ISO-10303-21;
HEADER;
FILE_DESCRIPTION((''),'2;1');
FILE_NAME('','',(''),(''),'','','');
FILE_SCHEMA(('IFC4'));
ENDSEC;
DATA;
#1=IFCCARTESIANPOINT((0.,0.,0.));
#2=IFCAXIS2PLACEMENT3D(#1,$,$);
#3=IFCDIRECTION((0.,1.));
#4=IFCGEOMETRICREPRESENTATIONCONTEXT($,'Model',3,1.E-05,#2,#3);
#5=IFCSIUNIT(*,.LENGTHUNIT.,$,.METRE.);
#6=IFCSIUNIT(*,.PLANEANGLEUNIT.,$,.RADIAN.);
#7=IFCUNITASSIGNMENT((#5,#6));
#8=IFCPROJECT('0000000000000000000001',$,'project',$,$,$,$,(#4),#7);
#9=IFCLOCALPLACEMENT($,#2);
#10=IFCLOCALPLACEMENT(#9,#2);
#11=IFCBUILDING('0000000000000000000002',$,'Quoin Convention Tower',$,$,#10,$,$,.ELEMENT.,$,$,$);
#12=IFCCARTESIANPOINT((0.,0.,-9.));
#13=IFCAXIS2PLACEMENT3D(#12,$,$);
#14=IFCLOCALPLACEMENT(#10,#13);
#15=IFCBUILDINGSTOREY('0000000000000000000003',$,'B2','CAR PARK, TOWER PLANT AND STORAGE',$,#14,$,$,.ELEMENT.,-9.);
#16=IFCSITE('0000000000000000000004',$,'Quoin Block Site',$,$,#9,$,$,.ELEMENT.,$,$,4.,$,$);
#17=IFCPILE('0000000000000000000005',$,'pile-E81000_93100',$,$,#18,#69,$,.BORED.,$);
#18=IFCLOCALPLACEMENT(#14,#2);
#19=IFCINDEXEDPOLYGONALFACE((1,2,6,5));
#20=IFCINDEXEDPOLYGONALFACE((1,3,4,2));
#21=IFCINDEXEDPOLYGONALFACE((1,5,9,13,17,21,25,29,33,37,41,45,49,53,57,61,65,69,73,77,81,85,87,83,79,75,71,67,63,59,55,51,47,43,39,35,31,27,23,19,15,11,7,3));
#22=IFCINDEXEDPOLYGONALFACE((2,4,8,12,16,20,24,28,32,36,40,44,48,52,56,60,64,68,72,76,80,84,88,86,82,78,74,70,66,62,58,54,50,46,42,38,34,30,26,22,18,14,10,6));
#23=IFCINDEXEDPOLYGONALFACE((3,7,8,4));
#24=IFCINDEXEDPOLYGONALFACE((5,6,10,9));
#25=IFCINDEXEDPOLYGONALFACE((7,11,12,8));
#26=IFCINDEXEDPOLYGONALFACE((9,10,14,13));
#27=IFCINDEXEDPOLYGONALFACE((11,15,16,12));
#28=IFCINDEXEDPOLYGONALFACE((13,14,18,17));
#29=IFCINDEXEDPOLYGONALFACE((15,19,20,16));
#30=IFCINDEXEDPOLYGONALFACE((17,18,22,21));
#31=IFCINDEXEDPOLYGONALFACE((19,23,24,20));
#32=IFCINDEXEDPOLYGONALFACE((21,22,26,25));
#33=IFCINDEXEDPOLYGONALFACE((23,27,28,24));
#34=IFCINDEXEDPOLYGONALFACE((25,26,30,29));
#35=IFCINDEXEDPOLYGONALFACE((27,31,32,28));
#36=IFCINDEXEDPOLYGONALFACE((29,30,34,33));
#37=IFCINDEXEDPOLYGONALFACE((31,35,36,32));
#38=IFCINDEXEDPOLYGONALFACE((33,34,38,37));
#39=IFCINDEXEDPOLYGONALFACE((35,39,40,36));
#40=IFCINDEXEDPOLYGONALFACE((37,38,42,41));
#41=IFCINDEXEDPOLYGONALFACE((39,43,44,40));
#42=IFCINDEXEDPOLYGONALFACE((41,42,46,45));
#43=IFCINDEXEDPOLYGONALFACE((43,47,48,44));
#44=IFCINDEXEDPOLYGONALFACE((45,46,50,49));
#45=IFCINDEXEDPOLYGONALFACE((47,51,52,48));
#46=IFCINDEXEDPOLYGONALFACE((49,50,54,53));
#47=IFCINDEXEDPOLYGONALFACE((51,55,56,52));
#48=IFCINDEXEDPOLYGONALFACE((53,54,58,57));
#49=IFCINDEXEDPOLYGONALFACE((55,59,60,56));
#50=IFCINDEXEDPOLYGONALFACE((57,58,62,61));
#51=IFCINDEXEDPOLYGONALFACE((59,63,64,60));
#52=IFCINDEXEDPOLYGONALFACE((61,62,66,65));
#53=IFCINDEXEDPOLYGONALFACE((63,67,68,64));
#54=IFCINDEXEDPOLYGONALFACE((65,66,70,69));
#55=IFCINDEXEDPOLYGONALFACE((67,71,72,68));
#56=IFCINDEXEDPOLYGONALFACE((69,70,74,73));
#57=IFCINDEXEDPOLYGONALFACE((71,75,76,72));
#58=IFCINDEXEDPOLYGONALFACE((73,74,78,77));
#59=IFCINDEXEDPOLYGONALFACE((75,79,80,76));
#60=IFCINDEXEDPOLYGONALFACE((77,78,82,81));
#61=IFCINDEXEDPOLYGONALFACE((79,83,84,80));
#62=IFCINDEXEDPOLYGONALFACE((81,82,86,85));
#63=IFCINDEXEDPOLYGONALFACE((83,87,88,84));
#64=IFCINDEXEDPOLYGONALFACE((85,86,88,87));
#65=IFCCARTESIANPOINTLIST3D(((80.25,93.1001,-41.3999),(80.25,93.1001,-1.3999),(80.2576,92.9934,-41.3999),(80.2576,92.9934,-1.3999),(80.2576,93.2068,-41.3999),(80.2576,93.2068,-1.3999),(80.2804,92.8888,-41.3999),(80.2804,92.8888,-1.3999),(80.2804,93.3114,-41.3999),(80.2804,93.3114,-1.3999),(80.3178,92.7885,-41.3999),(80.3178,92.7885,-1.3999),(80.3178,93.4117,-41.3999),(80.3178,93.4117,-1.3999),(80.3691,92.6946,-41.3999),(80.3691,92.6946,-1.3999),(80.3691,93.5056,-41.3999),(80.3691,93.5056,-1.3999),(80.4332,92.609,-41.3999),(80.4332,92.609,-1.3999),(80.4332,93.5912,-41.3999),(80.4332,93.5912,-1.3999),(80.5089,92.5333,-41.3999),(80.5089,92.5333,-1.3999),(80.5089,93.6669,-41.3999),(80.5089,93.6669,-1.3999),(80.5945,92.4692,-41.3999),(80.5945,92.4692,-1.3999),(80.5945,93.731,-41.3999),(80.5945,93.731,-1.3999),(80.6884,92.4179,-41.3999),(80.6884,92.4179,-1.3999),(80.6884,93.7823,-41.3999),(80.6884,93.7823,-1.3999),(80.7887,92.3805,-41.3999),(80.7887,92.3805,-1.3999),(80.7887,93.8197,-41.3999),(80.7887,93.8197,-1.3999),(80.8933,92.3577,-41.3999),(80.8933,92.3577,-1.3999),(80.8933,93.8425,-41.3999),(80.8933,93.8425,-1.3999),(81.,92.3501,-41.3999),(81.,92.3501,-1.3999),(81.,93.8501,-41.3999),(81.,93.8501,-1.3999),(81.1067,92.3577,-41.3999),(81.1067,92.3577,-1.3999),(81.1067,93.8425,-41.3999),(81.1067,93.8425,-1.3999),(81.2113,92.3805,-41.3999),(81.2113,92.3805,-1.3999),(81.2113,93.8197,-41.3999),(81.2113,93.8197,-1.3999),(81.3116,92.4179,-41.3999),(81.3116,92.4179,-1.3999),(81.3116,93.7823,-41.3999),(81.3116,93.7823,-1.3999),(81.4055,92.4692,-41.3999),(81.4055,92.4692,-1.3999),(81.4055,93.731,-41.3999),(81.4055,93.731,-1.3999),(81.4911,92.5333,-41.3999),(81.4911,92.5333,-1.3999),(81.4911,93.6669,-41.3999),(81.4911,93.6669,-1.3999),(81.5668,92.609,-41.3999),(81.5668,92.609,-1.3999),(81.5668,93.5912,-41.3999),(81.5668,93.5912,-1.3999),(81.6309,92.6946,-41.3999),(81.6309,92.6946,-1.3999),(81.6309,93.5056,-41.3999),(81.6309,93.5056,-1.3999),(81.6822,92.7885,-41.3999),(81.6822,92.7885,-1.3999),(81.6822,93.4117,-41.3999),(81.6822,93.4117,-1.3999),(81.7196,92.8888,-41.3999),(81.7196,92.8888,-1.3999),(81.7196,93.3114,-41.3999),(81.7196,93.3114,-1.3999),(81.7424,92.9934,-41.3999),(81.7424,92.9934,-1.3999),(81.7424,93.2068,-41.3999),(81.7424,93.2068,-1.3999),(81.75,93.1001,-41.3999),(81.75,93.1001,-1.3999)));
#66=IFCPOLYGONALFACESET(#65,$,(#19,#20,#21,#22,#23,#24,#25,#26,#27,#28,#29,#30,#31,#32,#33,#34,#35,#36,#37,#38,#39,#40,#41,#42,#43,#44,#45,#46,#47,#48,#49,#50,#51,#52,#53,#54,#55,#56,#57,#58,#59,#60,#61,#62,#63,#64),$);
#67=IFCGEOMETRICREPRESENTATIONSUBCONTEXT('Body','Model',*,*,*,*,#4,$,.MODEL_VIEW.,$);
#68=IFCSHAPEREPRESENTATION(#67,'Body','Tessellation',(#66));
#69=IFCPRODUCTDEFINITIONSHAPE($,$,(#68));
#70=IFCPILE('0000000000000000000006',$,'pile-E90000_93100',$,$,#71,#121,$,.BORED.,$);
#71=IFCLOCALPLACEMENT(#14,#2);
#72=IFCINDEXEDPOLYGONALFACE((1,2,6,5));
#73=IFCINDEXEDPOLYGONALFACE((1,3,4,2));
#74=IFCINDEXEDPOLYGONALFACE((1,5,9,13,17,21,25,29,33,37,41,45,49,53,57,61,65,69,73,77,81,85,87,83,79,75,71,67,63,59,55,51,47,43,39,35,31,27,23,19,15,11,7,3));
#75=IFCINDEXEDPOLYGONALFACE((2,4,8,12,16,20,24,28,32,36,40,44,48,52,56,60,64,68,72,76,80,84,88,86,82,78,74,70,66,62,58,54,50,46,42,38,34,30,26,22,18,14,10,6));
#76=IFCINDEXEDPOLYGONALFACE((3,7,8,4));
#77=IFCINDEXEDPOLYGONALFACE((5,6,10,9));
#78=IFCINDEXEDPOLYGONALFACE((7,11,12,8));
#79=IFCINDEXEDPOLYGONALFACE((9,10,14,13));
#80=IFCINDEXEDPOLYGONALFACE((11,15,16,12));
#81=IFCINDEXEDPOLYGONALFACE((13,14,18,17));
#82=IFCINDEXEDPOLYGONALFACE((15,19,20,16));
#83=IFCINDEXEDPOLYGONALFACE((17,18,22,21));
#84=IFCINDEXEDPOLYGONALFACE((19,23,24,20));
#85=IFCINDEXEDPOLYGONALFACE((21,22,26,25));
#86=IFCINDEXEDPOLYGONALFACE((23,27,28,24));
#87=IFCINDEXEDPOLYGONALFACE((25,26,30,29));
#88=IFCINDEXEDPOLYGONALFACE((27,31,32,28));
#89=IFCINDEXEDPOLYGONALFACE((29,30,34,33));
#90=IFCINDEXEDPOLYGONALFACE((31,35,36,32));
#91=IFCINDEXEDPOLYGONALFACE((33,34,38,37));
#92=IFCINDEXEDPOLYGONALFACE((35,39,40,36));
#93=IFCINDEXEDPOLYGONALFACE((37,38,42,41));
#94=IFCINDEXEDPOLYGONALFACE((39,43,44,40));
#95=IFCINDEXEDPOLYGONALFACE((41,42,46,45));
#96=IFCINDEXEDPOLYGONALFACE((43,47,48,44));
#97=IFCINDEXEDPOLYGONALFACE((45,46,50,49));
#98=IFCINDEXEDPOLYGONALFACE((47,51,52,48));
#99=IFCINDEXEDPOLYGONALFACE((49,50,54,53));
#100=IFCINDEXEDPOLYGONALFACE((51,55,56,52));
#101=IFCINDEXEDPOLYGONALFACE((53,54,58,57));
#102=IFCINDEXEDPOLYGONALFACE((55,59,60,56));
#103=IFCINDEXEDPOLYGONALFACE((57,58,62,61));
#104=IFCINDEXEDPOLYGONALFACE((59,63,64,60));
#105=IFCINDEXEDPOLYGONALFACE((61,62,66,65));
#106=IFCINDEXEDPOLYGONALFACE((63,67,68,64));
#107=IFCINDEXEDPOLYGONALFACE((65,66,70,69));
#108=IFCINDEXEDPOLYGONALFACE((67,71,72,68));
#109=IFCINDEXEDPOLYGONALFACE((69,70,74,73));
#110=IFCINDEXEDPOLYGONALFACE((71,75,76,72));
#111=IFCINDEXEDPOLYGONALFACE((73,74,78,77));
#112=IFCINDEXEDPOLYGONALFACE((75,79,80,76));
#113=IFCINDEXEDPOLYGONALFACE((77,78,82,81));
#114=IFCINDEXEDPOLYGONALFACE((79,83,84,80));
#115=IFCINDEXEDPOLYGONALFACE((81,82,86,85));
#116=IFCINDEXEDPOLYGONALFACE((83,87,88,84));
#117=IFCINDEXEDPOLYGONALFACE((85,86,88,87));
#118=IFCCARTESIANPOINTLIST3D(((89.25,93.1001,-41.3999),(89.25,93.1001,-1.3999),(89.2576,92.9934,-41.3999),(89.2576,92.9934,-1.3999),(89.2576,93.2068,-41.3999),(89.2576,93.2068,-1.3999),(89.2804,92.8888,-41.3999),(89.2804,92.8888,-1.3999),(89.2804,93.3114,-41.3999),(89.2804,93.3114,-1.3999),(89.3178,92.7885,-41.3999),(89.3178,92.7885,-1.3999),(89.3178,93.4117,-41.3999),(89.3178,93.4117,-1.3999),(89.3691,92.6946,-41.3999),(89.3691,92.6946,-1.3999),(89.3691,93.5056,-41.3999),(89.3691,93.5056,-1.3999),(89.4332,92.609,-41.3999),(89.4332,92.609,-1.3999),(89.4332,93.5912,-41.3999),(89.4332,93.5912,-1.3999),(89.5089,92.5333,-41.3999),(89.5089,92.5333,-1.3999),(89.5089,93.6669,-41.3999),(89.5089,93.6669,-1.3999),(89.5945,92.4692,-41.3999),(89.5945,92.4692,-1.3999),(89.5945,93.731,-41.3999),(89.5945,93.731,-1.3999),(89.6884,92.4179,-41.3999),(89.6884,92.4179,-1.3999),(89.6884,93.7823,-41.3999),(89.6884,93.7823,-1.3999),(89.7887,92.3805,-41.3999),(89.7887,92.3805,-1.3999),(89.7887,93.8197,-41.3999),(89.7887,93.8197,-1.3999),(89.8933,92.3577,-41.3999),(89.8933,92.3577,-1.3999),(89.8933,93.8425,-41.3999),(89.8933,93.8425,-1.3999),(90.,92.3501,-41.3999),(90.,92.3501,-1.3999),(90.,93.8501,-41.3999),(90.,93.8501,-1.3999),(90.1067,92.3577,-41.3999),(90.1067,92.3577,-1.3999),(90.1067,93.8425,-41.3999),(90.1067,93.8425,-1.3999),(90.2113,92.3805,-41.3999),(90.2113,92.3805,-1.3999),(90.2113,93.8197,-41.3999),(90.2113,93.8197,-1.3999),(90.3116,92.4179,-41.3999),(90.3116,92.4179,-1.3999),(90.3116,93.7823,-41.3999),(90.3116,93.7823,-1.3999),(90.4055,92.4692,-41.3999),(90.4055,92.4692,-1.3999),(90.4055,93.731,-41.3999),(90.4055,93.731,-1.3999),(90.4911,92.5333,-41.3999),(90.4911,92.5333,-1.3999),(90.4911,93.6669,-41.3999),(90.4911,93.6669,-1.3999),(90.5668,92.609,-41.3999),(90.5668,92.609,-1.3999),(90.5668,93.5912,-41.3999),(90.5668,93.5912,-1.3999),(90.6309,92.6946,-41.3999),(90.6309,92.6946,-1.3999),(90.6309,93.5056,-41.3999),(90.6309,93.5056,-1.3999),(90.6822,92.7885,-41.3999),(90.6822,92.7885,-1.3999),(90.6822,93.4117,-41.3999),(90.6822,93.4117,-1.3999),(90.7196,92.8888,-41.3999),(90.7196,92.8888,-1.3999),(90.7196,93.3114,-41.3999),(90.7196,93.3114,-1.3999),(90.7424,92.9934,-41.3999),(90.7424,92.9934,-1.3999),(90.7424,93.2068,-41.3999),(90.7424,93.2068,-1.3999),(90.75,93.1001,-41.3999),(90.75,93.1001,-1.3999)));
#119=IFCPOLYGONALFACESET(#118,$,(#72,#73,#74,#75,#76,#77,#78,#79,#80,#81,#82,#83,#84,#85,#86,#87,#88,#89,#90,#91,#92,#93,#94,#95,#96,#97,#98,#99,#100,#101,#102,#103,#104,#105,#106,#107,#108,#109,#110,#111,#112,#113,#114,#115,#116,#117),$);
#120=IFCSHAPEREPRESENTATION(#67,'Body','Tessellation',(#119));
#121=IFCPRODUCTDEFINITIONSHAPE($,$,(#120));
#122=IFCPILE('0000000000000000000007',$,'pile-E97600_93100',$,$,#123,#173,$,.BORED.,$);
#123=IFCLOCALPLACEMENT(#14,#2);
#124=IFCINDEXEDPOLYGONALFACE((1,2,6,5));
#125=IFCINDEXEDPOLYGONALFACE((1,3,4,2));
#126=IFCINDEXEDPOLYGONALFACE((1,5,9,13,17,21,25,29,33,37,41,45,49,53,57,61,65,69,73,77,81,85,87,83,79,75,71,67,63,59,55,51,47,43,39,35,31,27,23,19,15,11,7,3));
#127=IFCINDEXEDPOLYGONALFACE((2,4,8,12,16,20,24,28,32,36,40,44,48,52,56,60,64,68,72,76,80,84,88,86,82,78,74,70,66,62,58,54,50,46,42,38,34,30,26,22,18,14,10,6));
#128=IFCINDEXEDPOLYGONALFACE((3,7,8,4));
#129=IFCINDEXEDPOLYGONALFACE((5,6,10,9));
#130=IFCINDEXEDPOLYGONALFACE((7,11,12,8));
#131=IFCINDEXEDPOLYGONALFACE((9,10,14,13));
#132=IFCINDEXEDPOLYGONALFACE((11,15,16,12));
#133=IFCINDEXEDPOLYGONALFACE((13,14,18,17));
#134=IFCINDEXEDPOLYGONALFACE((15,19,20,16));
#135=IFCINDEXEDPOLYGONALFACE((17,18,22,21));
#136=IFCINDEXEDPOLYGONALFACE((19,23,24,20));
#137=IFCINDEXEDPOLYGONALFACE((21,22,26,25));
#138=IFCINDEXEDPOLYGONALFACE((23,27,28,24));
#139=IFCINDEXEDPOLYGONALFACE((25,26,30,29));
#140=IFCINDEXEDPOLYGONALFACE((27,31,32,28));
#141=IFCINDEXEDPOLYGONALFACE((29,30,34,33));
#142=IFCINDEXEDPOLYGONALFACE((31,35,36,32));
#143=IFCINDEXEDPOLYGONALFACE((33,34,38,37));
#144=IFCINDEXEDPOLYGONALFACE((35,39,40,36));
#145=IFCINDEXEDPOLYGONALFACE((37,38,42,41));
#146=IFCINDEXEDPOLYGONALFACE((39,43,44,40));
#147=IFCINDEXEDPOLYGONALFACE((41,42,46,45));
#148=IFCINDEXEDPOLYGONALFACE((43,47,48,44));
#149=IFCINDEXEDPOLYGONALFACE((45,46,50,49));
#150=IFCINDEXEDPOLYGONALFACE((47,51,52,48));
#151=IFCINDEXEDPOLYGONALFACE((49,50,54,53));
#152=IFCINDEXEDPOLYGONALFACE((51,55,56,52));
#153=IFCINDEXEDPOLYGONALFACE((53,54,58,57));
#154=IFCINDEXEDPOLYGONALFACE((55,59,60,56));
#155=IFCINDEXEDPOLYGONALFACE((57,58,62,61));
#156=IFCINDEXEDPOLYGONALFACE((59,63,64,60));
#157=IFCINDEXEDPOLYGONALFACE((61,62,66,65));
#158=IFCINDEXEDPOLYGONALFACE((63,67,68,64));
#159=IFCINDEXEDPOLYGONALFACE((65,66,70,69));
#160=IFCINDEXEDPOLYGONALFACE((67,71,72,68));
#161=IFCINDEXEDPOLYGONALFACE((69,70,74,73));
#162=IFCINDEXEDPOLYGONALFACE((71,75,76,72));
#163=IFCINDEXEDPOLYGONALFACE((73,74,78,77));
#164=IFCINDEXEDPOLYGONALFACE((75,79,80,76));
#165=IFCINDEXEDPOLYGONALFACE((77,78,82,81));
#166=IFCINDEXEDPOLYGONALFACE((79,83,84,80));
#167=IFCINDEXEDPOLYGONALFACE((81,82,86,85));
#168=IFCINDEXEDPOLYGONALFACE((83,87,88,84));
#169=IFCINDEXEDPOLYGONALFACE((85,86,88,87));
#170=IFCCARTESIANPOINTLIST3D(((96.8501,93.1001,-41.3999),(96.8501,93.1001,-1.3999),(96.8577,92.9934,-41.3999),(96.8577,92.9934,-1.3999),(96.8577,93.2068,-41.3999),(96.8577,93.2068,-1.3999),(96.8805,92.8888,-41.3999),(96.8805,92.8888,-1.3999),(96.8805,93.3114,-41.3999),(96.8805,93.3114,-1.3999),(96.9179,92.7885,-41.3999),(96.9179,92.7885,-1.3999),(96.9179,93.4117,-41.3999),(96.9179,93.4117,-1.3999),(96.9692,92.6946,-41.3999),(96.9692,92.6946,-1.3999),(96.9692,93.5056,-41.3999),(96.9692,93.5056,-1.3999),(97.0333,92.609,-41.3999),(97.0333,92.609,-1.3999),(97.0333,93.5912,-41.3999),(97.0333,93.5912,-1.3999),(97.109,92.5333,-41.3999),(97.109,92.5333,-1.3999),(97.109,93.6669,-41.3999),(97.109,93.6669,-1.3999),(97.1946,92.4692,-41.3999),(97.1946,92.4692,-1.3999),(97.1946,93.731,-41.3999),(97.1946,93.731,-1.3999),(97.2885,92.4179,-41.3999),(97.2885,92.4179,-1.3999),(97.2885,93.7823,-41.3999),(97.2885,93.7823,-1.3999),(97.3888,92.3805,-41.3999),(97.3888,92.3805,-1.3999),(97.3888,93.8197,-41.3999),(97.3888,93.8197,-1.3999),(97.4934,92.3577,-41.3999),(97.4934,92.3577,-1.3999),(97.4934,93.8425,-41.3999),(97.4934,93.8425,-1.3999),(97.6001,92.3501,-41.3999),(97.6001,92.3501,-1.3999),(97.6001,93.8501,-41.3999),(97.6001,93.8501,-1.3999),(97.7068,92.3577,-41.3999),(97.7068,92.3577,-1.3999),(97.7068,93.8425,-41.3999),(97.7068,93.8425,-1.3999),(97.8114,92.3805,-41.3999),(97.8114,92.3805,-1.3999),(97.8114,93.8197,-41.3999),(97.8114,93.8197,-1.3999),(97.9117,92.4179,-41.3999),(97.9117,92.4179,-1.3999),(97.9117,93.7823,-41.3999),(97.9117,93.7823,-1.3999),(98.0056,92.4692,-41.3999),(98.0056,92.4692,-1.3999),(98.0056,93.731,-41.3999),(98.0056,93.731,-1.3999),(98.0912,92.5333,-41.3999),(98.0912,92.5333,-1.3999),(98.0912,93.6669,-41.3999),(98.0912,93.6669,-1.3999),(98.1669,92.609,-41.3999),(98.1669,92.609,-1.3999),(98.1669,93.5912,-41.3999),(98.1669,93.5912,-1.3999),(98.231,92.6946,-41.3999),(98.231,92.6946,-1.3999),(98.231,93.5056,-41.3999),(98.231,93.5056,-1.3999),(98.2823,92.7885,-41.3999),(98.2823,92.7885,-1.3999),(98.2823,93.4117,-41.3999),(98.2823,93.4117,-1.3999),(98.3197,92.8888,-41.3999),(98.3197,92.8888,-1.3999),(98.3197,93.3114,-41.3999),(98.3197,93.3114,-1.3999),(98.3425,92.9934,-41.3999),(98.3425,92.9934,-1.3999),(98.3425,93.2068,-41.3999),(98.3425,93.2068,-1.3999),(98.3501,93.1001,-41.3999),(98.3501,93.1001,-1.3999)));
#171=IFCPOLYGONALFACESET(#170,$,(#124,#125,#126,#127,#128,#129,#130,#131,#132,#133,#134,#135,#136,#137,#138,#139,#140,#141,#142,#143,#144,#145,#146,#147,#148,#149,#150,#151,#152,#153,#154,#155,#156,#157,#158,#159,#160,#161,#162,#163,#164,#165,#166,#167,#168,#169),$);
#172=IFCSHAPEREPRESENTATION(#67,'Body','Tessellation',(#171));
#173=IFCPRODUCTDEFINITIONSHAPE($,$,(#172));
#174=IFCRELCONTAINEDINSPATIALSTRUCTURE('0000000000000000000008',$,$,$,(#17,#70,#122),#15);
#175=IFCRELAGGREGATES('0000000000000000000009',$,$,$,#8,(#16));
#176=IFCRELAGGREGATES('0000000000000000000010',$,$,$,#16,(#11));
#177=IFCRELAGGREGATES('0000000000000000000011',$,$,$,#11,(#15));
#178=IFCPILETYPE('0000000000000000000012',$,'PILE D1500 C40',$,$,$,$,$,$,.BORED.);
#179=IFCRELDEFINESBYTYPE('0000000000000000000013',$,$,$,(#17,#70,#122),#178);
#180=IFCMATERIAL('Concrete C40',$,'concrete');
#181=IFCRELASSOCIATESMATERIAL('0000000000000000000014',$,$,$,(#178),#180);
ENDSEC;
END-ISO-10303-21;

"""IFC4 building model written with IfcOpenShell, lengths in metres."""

from ifc_helpers import new_model, si_unit, direction, frame, origin, origin_2d, place, context, subcontext, project, spatial, circle, extrude, material, material_profile, profile_set, type_object, element, save


model = new_model("IFC4")

# Units and contexts
model_context = context("Model", 3, precision=1e-05, world=origin(), true_north=direction((0.0, 1.0)))
body_context = subcontext(model_context, "Body", "Model", "MODEL_VIEW")
ifc_project = project(units=[si_unit("LENGTHUNIT", "METRE"), si_unit("PLANEANGLEUNIT", "RADIAN")], contexts=[model_context])

# Site, building, storey
site_placement = place(None, origin())
site = spatial("IfcSite", under=ifc_project, at=site_placement, Name="Quoin Block Site", CompositionType="ELEMENT", RefElevation=4.0)
building_placement = place(site_placement, origin())
building = spatial("IfcBuilding", under=site, at=building_placement, Name="Quoin Convention Tower", CompositionType="ELEMENT")
storey_placement = place(building_placement, frame((0.0, 0.0, -9.0)))
storey = spatial("IfcBuildingStorey", under=building, at=storey_placement, Name="B2", Description="CAR PARK, TOWER PLANT AND STORAGE", CompositionType="ELEMENT", Elevation=-9.0)

# Piles
ifc_material_1 = material(Name="Concrete C40", Category="concrete")
ifc_material_profile_1 = material_profile(ifc_material_1, circle(Radius=0.75, at=origin_2d()), Name="D1500")
ifc_profile_set_1 = profile_set([ifc_material_profile_1], Name="Concrete C40")
pile_type = type_object("IfcPileType", Name="PILE D1500 C40", PredefinedType="BORED", material=ifc_profile_set_1)
for number, where, z_axis, x_axis, name in (
    (1, (81.0, 93.1001, -1.3999), (0.0, 0.0, -1.0), (1.0, 0.0, 0.0), "pile-E81000_93100"),
    (2, (90.0, 93.1001, -1.3999), (0.0, 0.0, -1.0), (1.0, 0.0, 0.0), "pile-E90000_93100"),
    (3, (97.6001, 93.1001, -1.3999), (0.0, 0.0, -1.0), (1.0, 0.0, 0.0), "pile-E97600_93100"),
):
    element("IfcPile", number, at=place(storey_placement, frame(where, z_axis=z_axis, x_axis=x_axis)), inside=storey, type_object=pile_type, Name=name, PredefinedType="BORED", context=body_context, shape_type="SweptSolid", body=[
        extrude(circle(Radius=0.75, at=origin_2d()), origin(), (0.0, 0.0, 1.0), 40.0),
    ])

save(model, "model.ifc")
